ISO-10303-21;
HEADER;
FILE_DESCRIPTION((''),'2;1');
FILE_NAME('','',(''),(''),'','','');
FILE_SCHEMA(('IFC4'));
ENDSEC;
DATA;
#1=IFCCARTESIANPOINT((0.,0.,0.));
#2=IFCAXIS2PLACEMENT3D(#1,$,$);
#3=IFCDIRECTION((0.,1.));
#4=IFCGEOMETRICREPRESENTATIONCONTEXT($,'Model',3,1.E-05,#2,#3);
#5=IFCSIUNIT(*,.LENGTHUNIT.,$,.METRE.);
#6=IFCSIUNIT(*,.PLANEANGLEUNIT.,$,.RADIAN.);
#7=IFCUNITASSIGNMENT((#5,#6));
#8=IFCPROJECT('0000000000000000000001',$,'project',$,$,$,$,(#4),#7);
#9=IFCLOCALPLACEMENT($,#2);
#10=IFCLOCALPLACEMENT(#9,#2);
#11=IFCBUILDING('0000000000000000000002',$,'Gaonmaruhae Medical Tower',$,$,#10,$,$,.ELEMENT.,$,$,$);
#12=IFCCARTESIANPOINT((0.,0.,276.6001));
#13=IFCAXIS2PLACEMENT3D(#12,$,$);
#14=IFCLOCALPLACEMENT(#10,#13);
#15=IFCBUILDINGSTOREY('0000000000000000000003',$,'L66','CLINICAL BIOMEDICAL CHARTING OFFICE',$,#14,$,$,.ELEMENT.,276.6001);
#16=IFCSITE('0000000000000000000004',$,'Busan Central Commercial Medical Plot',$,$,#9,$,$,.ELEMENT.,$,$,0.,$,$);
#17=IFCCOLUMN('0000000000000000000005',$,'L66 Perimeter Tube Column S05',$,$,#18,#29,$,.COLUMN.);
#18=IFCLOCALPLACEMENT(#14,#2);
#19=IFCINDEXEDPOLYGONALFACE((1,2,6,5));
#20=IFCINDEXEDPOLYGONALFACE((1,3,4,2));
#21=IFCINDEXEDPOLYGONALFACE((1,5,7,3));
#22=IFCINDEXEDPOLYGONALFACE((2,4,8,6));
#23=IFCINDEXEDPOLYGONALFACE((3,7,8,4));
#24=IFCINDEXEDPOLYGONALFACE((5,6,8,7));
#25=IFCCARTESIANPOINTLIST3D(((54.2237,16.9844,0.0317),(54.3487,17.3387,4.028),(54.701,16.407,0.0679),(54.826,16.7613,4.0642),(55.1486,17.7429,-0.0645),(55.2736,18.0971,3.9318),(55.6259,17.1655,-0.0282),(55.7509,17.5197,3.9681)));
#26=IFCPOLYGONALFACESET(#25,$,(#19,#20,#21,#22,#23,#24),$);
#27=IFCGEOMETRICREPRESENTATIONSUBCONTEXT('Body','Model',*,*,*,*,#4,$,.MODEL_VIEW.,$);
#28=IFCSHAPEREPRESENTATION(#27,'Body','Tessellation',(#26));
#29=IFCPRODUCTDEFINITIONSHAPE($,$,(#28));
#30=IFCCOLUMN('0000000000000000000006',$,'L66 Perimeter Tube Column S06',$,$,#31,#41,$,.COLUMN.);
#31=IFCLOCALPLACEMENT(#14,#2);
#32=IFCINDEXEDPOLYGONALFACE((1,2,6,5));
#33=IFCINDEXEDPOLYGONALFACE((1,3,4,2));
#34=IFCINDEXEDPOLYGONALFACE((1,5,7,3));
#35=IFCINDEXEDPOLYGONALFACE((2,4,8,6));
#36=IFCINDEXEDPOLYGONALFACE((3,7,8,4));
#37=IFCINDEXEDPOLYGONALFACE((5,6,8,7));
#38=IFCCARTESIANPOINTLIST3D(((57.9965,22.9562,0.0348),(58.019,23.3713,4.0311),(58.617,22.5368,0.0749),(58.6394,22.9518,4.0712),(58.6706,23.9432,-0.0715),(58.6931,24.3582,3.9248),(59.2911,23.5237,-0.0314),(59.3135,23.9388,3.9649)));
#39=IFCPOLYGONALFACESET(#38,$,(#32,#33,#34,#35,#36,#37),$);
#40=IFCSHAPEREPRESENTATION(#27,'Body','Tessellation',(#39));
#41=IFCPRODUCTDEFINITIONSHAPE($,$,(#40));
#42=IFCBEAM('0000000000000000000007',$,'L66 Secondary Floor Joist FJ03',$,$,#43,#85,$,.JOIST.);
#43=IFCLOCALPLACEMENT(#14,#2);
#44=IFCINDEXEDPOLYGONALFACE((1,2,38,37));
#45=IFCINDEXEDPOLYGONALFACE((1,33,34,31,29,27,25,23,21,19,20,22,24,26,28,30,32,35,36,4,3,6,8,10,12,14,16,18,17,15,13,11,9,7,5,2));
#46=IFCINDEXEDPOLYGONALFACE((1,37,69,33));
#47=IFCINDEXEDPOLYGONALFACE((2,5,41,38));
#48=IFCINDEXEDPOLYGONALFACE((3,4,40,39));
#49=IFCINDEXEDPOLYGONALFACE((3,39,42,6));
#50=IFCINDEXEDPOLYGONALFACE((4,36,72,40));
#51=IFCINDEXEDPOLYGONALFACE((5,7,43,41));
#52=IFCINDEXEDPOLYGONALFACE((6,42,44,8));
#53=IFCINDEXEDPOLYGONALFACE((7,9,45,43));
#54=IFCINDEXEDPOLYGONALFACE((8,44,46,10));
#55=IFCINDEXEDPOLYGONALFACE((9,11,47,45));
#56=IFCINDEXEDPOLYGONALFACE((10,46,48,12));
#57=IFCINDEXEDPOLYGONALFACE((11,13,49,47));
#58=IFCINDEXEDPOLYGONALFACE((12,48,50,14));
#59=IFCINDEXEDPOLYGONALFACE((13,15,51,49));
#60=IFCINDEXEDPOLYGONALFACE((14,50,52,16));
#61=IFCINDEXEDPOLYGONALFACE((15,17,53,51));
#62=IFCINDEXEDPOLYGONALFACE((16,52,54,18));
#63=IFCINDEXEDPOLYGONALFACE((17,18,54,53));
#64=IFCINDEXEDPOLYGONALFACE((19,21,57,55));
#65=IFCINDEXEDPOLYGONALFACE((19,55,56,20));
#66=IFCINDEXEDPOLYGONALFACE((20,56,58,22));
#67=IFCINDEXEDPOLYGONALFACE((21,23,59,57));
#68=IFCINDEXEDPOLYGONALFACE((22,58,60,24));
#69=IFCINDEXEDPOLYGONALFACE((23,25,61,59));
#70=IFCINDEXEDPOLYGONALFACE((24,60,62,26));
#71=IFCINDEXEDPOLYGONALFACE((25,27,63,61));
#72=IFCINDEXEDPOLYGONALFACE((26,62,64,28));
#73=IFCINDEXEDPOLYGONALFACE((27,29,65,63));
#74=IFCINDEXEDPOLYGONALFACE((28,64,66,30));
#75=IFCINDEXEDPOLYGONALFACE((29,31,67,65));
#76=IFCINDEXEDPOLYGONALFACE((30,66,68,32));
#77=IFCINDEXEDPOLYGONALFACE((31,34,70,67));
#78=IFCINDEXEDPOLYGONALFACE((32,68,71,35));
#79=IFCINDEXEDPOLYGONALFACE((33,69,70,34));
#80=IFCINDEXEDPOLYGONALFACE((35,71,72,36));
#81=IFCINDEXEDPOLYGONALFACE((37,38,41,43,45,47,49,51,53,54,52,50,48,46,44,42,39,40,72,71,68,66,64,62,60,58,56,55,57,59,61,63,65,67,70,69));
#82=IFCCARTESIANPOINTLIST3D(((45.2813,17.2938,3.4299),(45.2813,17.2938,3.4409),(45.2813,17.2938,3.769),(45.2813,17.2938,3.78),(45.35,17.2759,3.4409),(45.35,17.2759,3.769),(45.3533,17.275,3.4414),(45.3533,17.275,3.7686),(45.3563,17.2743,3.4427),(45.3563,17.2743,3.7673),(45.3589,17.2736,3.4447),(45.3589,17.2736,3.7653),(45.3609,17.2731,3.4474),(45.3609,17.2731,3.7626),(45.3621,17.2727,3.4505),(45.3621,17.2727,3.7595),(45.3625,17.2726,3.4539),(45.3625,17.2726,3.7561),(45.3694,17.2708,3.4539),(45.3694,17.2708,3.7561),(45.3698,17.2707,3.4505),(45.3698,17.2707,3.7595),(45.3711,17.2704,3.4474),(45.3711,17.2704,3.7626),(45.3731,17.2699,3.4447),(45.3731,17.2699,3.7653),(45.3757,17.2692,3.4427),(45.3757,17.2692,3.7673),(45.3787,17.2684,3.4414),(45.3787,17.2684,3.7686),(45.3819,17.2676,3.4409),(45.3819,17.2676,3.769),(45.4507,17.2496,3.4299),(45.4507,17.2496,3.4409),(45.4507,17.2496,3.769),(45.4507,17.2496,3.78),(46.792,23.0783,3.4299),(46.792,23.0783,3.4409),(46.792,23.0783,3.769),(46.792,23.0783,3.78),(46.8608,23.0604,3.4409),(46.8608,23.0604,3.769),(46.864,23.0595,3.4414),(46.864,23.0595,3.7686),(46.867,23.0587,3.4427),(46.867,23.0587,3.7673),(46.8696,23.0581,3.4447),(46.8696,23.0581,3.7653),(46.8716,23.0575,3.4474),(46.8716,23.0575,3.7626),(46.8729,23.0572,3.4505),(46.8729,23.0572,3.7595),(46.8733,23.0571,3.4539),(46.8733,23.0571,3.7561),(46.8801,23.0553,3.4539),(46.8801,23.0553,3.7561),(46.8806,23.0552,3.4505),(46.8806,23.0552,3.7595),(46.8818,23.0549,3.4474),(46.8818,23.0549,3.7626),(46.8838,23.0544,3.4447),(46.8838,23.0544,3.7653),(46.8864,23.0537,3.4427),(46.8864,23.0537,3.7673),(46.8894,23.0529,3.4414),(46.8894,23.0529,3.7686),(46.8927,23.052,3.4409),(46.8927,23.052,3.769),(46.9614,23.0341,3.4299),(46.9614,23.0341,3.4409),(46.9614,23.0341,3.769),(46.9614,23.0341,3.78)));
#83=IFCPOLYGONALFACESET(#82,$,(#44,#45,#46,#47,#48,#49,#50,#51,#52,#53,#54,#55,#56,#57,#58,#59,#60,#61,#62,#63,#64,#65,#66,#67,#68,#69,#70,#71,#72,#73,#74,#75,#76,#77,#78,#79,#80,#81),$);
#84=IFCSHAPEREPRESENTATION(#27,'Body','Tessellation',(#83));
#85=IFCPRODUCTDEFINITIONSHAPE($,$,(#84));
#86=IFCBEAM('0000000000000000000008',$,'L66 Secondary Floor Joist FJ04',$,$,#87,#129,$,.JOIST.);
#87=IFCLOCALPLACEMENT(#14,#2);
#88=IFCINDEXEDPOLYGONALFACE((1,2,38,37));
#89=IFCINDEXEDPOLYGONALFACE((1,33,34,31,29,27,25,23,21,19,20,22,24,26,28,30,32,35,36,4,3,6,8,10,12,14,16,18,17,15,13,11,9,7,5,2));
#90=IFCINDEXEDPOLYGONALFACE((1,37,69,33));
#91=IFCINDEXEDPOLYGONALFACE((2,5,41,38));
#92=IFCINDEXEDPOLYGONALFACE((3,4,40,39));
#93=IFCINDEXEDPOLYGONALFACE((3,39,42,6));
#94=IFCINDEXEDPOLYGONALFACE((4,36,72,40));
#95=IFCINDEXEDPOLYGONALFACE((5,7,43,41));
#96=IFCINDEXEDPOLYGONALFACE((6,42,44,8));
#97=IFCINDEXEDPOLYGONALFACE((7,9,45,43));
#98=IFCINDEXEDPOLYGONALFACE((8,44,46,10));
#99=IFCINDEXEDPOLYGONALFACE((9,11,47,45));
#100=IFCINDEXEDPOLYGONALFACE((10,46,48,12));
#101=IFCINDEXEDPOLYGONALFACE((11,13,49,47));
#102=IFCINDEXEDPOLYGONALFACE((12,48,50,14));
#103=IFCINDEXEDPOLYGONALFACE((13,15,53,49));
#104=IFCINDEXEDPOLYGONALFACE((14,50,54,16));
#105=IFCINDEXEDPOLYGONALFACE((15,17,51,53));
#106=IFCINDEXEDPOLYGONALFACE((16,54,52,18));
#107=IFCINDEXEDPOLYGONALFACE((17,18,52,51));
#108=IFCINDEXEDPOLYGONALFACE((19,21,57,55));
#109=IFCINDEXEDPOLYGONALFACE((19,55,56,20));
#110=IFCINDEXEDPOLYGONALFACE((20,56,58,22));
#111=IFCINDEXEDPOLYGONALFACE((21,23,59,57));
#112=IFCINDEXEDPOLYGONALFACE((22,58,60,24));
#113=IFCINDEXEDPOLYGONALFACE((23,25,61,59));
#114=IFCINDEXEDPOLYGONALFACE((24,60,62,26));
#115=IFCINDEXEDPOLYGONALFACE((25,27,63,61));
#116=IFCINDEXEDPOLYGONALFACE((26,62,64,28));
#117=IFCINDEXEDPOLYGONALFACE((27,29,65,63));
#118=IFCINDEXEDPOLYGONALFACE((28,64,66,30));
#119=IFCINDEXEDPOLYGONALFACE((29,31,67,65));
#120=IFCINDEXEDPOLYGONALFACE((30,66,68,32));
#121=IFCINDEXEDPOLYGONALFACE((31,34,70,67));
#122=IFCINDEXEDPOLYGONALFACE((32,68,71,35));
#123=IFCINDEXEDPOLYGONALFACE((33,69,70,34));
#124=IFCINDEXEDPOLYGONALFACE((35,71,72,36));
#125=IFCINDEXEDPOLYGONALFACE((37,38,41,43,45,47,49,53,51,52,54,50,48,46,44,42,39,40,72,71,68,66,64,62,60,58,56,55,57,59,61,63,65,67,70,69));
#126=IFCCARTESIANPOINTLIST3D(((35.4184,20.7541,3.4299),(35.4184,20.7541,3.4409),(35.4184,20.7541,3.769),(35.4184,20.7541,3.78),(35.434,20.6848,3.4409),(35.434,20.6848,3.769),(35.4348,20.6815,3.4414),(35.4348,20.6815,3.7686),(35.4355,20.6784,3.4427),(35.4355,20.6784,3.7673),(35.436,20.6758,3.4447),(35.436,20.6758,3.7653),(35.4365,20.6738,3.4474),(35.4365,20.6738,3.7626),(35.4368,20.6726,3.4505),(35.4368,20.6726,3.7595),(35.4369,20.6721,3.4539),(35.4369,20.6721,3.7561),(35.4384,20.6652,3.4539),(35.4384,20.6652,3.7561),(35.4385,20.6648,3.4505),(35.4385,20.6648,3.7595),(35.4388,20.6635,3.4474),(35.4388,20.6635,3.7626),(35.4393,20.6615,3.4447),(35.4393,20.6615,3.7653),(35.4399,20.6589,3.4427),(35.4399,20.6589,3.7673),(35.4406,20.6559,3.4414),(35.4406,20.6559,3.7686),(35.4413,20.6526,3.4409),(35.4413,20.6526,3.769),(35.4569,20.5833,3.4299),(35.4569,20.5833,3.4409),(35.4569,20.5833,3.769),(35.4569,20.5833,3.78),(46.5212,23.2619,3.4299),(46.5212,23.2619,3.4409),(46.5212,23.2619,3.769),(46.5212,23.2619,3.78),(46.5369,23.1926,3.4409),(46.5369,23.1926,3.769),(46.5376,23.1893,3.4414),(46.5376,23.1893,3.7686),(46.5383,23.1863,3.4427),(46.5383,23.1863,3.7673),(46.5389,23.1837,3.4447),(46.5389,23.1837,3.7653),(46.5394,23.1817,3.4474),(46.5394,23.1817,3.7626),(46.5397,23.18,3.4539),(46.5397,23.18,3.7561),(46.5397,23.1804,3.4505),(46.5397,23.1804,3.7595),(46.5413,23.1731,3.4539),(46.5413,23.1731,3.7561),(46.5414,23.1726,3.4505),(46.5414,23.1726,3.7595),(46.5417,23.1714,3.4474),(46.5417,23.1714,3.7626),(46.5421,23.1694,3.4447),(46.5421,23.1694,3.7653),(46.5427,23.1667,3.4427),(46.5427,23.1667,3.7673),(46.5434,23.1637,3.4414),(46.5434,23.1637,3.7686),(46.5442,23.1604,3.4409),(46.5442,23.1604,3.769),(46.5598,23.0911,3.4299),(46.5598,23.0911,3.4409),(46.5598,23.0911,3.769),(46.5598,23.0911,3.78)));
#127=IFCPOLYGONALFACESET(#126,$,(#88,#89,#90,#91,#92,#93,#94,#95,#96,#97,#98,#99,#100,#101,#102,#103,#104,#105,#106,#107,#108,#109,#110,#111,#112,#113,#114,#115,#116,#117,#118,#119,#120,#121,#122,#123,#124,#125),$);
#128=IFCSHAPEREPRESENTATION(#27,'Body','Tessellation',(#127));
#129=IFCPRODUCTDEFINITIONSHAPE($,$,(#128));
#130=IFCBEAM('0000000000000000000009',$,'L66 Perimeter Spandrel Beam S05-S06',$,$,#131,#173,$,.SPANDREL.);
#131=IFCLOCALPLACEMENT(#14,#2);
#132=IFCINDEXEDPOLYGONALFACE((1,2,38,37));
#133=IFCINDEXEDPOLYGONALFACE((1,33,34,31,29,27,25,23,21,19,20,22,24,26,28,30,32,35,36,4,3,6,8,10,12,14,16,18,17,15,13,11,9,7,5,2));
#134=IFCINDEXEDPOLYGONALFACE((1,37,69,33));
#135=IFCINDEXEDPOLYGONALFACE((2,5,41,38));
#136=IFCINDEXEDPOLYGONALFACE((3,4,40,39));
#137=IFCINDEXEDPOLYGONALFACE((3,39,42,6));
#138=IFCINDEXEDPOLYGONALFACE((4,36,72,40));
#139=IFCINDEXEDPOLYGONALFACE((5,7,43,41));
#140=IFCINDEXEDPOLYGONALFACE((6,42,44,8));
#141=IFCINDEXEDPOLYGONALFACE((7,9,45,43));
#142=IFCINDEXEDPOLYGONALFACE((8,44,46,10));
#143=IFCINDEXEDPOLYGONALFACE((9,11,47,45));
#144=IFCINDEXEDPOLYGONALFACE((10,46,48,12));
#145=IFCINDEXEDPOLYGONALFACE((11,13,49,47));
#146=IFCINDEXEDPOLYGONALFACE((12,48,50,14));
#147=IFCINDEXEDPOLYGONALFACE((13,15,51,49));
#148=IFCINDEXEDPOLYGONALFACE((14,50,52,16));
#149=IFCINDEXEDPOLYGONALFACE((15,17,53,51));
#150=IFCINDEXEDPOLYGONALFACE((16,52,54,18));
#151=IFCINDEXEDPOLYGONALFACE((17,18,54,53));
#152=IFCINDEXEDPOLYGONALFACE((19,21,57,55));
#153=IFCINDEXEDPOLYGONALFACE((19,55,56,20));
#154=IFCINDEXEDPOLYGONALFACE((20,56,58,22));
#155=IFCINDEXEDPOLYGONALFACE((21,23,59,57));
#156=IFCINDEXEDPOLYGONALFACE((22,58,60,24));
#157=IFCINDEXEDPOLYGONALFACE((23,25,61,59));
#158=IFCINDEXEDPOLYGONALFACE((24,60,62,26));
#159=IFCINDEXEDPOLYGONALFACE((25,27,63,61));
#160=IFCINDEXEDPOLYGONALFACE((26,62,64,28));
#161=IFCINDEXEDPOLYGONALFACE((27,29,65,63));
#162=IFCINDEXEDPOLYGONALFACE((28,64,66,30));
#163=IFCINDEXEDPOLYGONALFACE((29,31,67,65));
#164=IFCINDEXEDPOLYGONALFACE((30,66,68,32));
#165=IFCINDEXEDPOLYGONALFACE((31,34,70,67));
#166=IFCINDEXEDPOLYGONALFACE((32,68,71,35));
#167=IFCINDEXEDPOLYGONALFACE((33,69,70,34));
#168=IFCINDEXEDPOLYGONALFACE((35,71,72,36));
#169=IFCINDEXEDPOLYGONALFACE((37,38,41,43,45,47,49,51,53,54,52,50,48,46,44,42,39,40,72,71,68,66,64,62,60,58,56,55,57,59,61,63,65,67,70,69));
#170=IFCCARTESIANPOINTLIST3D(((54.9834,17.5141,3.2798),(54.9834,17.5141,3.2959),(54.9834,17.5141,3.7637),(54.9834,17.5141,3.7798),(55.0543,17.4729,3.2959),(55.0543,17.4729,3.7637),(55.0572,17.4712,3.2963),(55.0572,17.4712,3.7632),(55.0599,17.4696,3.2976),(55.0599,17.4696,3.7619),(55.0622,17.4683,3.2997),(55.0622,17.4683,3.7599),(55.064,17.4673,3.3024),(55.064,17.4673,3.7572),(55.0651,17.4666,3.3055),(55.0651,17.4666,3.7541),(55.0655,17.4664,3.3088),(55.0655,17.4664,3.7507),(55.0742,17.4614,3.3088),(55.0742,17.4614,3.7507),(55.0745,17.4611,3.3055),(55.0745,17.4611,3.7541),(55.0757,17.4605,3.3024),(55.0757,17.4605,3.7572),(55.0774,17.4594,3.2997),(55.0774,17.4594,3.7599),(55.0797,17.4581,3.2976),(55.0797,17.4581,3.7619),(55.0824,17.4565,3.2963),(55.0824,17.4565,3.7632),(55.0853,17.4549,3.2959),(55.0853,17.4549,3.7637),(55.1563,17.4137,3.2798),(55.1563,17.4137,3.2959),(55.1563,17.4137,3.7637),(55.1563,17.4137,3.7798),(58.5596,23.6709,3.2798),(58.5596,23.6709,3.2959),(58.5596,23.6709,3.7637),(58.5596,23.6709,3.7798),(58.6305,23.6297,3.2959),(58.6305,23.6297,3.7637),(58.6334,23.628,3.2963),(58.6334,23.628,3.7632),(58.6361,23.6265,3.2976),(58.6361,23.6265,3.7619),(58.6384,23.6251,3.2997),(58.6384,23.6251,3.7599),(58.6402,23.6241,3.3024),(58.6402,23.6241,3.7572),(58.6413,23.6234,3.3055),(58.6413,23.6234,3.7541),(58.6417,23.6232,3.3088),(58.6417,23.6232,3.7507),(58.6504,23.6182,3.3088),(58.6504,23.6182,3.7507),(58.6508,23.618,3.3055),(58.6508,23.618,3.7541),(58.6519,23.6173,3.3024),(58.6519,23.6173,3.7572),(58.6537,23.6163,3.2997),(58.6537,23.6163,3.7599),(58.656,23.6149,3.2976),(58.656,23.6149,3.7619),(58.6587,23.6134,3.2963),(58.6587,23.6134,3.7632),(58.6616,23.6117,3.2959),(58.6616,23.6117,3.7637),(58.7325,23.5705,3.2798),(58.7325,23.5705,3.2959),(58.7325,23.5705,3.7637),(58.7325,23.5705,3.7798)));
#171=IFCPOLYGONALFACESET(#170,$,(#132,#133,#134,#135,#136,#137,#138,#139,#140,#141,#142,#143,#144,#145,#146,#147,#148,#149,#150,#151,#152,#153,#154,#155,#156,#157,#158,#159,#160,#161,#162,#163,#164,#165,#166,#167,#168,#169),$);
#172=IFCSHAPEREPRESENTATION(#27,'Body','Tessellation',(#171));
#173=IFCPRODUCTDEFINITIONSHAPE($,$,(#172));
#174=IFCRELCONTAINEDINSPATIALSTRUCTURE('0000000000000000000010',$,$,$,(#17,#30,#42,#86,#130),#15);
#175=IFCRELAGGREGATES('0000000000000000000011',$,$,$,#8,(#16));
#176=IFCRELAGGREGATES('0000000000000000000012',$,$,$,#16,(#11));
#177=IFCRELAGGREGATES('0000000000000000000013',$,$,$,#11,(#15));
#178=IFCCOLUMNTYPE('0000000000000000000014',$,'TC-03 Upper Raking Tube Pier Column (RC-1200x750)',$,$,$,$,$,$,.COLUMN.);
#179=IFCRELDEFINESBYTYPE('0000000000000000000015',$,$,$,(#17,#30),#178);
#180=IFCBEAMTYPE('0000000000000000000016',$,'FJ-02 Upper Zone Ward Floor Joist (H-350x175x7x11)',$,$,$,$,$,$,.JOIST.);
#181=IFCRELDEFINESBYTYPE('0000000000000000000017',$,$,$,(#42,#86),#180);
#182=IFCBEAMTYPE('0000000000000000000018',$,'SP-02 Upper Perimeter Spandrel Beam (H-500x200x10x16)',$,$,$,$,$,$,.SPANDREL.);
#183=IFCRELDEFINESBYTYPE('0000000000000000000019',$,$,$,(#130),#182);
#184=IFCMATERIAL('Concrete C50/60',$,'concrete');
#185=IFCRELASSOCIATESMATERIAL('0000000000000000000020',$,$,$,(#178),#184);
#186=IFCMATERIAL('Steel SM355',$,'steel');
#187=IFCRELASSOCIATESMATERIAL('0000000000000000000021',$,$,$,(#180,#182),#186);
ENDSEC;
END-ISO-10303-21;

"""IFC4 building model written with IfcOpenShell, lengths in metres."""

from ifc_helpers import new_model, si_unit, direction, frame, origin, origin_2d, place, context, subcontext, project, spatial, rectangle, i_section, extrude, material, material_profile, profile_set, type_object, element, save


model = new_model("IFC4")

# Units and contexts
model_context = context("Model", 3, precision=1e-05, world=origin(), true_north=direction((0.0, 1.0)))
body_context = subcontext(model_context, "Body", "Model", "MODEL_VIEW")
ifc_project = project(units=[si_unit("LENGTHUNIT", "METRE"), si_unit("PLANEANGLEUNIT", "RADIAN")], contexts=[model_context])

# Site, building, storey
site_placement = place(None, origin())
site = spatial("IfcSite", under=ifc_project, at=site_placement, Name="Busan Central Commercial Medical Plot", CompositionType="ELEMENT", RefElevation=0.0)
building_placement = place(site_placement, origin())
building = spatial("IfcBuilding", under=site, at=building_placement, Name="Gaonmaruhae Medical Tower", CompositionType="ELEMENT")
storey_placement = place(building_placement, frame((0.0, 0.0, 276.6001)))
storey = spatial("IfcBuildingStorey", under=building, at=storey_placement, Name="L66", Description="CLINICAL BIOMEDICAL CHARTING OFFICE", CompositionType="ELEMENT", Elevation=276.6001)

# Columns
ifc_material_1 = material(Name="Concrete C50/60", Category="concrete")
ifc_material_profile_1 = material_profile(ifc_material_1, rectangle(XDim=1.2, YDim=0.75, at=origin_2d()), Name="RC-1200x750")
ifc_profile_set_1 = profile_set([ifc_material_profile_1], Name="Concrete C50/60")
column_type = type_object("IfcColumnType", Name="TC-03 Upper Raking Tube Pier Column (RC-1200x750)", PredefinedType="COLUMN", material=ifc_profile_set_1)
column_1_placement = place(storey_placement, frame((54.9248, 17.075, 0.0017), z_axis=(0.031141, 0.088254, 0.995611), x_axis=(-0.770773, -0.632051, 0.080136)))
element("IfcColumn", 1, at=column_1_placement, inside=storey, type_object=column_type, Name="L66 Perimeter Tube Column S05", PredefinedType="COLUMN", context=body_context, shape_type="SweptSolid", body=[
    extrude(rectangle(XDim=1.2, YDim=0.75, at=origin_2d()), origin(), (0.0, 0.0, 1.0), 4.0139),
])
column_2_placement = place(storey_placement, frame((58.6438, 23.24, 0.0017), z_axis=(0.00559, 0.103298, 0.994635), x_axis=(-0.561802, -0.822516, 0.08858)))
element("IfcColumn", 2, at=column_2_placement, inside=storey, type_object=column_type, Name="L66 Perimeter Tube Column S06", PredefinedType="COLUMN", context=body_context, shape_type="SweptSolid", body=[
    extrude(rectangle(XDim=1.2, YDim=0.75, at=origin_2d()), origin(), (0.0, 0.0, 1.0), 4.0178),
])

# Beams
ifc_material_2 = material(Name="Steel SM355", Category="steel")
ifc_material_profile_2 = material_profile(ifc_material_2, i_section(OverallWidth=0.175, OverallDepth=0.3501, WebThickness=0.0071, FlangeThickness=0.011, FilletRadius=0.0129, at=origin_2d()), Name="H-350x175x7x11")
ifc_profile_set_2 = profile_set([ifc_material_profile_2], Name="Steel SM355")
beam_type_1 = type_object("IfcBeamType", Name="FJ-02 Upper Zone Ward Floor Joist (H-350x175x7x11)", PredefinedType="JOIST", material=ifc_profile_set_2)
beam_1_placement = place(storey_placement, frame((45.366, 17.2717, 3.605), z_axis=(0.252698, 0.967545, 0.0), x_axis=(-0.967545, 0.252698, 0.0)))
element("IfcBeam", 3, at=beam_1_placement, inside=storey, type_object=beam_type_1, Name="L66 Secondary Floor Joist FJ03", PredefinedType="JOIST", context=body_context, shape_type="SweptSolid", body=[
    extrude(i_section(OverallWidth=0.175, OverallDepth=0.3501, WebThickness=0.0071, FlangeThickness=0.011, FilletRadius=0.0129, at=origin_2d()), origin(), (0.0, 0.0, 1.0), 5.9785),
])
beam_2_placement = place(storey_placement, frame((46.5405, 23.1765, 3.605), z_axis=(-0.975427, -0.220322, 0.0), x_axis=(0.220322, -0.975427, 0.0)))
element("IfcBeam", 4, at=beam_2_placement, inside=storey, type_object=beam_type_1, Name="L66 Secondary Floor Joist FJ04", PredefinedType="JOIST", context=body_context, shape_type="SweptSolid", body=[
    extrude(i_section(OverallWidth=0.175, OverallDepth=0.3501, WebThickness=0.0071, FlangeThickness=0.011, FilletRadius=0.0129, at=origin_2d()), origin(), (0.0, 0.0, 1.0), 11.3826),
])
ifc_material_profile_3 = material_profile(ifc_material_2, i_section(OverallWidth=0.2, OverallDepth=0.5, WebThickness=0.01, FlangeThickness=0.0161, FilletRadius=0.0129, at=origin_2d()), Name="H-500x200x10x16")
ifc_profile_set_3 = profile_set([ifc_material_profile_3], Name="Steel SM355")
beam_type_2 = type_object("IfcBeamType", Name="SP-02 Upper Perimeter Spandrel Beam (H-500x200x10x16)", PredefinedType="SPANDREL", material=ifc_profile_set_3)
beam_3_placement = place(storey_placement, frame((55.0698, 17.4639, 3.5298), z_axis=(0.502271, 0.86471, 0.0), x_axis=(-0.86471, 0.502271, 0.0)))
element("IfcBeam", 5, at=beam_3_placement, inside=storey, type_object=beam_type_2, Name="L66 Perimeter Spandrel Beam S05-S06", PredefinedType="SPANDREL", context=body_context, shape_type="SweptSolid", body=[
    extrude(i_section(OverallWidth=0.2, OverallDepth=0.5, WebThickness=0.01, FlangeThickness=0.0161, FilletRadius=0.0129, at=origin_2d()), origin(), (0.0, 0.0, 1.0), 7.1201),
])

save(model, "model.ifc")
